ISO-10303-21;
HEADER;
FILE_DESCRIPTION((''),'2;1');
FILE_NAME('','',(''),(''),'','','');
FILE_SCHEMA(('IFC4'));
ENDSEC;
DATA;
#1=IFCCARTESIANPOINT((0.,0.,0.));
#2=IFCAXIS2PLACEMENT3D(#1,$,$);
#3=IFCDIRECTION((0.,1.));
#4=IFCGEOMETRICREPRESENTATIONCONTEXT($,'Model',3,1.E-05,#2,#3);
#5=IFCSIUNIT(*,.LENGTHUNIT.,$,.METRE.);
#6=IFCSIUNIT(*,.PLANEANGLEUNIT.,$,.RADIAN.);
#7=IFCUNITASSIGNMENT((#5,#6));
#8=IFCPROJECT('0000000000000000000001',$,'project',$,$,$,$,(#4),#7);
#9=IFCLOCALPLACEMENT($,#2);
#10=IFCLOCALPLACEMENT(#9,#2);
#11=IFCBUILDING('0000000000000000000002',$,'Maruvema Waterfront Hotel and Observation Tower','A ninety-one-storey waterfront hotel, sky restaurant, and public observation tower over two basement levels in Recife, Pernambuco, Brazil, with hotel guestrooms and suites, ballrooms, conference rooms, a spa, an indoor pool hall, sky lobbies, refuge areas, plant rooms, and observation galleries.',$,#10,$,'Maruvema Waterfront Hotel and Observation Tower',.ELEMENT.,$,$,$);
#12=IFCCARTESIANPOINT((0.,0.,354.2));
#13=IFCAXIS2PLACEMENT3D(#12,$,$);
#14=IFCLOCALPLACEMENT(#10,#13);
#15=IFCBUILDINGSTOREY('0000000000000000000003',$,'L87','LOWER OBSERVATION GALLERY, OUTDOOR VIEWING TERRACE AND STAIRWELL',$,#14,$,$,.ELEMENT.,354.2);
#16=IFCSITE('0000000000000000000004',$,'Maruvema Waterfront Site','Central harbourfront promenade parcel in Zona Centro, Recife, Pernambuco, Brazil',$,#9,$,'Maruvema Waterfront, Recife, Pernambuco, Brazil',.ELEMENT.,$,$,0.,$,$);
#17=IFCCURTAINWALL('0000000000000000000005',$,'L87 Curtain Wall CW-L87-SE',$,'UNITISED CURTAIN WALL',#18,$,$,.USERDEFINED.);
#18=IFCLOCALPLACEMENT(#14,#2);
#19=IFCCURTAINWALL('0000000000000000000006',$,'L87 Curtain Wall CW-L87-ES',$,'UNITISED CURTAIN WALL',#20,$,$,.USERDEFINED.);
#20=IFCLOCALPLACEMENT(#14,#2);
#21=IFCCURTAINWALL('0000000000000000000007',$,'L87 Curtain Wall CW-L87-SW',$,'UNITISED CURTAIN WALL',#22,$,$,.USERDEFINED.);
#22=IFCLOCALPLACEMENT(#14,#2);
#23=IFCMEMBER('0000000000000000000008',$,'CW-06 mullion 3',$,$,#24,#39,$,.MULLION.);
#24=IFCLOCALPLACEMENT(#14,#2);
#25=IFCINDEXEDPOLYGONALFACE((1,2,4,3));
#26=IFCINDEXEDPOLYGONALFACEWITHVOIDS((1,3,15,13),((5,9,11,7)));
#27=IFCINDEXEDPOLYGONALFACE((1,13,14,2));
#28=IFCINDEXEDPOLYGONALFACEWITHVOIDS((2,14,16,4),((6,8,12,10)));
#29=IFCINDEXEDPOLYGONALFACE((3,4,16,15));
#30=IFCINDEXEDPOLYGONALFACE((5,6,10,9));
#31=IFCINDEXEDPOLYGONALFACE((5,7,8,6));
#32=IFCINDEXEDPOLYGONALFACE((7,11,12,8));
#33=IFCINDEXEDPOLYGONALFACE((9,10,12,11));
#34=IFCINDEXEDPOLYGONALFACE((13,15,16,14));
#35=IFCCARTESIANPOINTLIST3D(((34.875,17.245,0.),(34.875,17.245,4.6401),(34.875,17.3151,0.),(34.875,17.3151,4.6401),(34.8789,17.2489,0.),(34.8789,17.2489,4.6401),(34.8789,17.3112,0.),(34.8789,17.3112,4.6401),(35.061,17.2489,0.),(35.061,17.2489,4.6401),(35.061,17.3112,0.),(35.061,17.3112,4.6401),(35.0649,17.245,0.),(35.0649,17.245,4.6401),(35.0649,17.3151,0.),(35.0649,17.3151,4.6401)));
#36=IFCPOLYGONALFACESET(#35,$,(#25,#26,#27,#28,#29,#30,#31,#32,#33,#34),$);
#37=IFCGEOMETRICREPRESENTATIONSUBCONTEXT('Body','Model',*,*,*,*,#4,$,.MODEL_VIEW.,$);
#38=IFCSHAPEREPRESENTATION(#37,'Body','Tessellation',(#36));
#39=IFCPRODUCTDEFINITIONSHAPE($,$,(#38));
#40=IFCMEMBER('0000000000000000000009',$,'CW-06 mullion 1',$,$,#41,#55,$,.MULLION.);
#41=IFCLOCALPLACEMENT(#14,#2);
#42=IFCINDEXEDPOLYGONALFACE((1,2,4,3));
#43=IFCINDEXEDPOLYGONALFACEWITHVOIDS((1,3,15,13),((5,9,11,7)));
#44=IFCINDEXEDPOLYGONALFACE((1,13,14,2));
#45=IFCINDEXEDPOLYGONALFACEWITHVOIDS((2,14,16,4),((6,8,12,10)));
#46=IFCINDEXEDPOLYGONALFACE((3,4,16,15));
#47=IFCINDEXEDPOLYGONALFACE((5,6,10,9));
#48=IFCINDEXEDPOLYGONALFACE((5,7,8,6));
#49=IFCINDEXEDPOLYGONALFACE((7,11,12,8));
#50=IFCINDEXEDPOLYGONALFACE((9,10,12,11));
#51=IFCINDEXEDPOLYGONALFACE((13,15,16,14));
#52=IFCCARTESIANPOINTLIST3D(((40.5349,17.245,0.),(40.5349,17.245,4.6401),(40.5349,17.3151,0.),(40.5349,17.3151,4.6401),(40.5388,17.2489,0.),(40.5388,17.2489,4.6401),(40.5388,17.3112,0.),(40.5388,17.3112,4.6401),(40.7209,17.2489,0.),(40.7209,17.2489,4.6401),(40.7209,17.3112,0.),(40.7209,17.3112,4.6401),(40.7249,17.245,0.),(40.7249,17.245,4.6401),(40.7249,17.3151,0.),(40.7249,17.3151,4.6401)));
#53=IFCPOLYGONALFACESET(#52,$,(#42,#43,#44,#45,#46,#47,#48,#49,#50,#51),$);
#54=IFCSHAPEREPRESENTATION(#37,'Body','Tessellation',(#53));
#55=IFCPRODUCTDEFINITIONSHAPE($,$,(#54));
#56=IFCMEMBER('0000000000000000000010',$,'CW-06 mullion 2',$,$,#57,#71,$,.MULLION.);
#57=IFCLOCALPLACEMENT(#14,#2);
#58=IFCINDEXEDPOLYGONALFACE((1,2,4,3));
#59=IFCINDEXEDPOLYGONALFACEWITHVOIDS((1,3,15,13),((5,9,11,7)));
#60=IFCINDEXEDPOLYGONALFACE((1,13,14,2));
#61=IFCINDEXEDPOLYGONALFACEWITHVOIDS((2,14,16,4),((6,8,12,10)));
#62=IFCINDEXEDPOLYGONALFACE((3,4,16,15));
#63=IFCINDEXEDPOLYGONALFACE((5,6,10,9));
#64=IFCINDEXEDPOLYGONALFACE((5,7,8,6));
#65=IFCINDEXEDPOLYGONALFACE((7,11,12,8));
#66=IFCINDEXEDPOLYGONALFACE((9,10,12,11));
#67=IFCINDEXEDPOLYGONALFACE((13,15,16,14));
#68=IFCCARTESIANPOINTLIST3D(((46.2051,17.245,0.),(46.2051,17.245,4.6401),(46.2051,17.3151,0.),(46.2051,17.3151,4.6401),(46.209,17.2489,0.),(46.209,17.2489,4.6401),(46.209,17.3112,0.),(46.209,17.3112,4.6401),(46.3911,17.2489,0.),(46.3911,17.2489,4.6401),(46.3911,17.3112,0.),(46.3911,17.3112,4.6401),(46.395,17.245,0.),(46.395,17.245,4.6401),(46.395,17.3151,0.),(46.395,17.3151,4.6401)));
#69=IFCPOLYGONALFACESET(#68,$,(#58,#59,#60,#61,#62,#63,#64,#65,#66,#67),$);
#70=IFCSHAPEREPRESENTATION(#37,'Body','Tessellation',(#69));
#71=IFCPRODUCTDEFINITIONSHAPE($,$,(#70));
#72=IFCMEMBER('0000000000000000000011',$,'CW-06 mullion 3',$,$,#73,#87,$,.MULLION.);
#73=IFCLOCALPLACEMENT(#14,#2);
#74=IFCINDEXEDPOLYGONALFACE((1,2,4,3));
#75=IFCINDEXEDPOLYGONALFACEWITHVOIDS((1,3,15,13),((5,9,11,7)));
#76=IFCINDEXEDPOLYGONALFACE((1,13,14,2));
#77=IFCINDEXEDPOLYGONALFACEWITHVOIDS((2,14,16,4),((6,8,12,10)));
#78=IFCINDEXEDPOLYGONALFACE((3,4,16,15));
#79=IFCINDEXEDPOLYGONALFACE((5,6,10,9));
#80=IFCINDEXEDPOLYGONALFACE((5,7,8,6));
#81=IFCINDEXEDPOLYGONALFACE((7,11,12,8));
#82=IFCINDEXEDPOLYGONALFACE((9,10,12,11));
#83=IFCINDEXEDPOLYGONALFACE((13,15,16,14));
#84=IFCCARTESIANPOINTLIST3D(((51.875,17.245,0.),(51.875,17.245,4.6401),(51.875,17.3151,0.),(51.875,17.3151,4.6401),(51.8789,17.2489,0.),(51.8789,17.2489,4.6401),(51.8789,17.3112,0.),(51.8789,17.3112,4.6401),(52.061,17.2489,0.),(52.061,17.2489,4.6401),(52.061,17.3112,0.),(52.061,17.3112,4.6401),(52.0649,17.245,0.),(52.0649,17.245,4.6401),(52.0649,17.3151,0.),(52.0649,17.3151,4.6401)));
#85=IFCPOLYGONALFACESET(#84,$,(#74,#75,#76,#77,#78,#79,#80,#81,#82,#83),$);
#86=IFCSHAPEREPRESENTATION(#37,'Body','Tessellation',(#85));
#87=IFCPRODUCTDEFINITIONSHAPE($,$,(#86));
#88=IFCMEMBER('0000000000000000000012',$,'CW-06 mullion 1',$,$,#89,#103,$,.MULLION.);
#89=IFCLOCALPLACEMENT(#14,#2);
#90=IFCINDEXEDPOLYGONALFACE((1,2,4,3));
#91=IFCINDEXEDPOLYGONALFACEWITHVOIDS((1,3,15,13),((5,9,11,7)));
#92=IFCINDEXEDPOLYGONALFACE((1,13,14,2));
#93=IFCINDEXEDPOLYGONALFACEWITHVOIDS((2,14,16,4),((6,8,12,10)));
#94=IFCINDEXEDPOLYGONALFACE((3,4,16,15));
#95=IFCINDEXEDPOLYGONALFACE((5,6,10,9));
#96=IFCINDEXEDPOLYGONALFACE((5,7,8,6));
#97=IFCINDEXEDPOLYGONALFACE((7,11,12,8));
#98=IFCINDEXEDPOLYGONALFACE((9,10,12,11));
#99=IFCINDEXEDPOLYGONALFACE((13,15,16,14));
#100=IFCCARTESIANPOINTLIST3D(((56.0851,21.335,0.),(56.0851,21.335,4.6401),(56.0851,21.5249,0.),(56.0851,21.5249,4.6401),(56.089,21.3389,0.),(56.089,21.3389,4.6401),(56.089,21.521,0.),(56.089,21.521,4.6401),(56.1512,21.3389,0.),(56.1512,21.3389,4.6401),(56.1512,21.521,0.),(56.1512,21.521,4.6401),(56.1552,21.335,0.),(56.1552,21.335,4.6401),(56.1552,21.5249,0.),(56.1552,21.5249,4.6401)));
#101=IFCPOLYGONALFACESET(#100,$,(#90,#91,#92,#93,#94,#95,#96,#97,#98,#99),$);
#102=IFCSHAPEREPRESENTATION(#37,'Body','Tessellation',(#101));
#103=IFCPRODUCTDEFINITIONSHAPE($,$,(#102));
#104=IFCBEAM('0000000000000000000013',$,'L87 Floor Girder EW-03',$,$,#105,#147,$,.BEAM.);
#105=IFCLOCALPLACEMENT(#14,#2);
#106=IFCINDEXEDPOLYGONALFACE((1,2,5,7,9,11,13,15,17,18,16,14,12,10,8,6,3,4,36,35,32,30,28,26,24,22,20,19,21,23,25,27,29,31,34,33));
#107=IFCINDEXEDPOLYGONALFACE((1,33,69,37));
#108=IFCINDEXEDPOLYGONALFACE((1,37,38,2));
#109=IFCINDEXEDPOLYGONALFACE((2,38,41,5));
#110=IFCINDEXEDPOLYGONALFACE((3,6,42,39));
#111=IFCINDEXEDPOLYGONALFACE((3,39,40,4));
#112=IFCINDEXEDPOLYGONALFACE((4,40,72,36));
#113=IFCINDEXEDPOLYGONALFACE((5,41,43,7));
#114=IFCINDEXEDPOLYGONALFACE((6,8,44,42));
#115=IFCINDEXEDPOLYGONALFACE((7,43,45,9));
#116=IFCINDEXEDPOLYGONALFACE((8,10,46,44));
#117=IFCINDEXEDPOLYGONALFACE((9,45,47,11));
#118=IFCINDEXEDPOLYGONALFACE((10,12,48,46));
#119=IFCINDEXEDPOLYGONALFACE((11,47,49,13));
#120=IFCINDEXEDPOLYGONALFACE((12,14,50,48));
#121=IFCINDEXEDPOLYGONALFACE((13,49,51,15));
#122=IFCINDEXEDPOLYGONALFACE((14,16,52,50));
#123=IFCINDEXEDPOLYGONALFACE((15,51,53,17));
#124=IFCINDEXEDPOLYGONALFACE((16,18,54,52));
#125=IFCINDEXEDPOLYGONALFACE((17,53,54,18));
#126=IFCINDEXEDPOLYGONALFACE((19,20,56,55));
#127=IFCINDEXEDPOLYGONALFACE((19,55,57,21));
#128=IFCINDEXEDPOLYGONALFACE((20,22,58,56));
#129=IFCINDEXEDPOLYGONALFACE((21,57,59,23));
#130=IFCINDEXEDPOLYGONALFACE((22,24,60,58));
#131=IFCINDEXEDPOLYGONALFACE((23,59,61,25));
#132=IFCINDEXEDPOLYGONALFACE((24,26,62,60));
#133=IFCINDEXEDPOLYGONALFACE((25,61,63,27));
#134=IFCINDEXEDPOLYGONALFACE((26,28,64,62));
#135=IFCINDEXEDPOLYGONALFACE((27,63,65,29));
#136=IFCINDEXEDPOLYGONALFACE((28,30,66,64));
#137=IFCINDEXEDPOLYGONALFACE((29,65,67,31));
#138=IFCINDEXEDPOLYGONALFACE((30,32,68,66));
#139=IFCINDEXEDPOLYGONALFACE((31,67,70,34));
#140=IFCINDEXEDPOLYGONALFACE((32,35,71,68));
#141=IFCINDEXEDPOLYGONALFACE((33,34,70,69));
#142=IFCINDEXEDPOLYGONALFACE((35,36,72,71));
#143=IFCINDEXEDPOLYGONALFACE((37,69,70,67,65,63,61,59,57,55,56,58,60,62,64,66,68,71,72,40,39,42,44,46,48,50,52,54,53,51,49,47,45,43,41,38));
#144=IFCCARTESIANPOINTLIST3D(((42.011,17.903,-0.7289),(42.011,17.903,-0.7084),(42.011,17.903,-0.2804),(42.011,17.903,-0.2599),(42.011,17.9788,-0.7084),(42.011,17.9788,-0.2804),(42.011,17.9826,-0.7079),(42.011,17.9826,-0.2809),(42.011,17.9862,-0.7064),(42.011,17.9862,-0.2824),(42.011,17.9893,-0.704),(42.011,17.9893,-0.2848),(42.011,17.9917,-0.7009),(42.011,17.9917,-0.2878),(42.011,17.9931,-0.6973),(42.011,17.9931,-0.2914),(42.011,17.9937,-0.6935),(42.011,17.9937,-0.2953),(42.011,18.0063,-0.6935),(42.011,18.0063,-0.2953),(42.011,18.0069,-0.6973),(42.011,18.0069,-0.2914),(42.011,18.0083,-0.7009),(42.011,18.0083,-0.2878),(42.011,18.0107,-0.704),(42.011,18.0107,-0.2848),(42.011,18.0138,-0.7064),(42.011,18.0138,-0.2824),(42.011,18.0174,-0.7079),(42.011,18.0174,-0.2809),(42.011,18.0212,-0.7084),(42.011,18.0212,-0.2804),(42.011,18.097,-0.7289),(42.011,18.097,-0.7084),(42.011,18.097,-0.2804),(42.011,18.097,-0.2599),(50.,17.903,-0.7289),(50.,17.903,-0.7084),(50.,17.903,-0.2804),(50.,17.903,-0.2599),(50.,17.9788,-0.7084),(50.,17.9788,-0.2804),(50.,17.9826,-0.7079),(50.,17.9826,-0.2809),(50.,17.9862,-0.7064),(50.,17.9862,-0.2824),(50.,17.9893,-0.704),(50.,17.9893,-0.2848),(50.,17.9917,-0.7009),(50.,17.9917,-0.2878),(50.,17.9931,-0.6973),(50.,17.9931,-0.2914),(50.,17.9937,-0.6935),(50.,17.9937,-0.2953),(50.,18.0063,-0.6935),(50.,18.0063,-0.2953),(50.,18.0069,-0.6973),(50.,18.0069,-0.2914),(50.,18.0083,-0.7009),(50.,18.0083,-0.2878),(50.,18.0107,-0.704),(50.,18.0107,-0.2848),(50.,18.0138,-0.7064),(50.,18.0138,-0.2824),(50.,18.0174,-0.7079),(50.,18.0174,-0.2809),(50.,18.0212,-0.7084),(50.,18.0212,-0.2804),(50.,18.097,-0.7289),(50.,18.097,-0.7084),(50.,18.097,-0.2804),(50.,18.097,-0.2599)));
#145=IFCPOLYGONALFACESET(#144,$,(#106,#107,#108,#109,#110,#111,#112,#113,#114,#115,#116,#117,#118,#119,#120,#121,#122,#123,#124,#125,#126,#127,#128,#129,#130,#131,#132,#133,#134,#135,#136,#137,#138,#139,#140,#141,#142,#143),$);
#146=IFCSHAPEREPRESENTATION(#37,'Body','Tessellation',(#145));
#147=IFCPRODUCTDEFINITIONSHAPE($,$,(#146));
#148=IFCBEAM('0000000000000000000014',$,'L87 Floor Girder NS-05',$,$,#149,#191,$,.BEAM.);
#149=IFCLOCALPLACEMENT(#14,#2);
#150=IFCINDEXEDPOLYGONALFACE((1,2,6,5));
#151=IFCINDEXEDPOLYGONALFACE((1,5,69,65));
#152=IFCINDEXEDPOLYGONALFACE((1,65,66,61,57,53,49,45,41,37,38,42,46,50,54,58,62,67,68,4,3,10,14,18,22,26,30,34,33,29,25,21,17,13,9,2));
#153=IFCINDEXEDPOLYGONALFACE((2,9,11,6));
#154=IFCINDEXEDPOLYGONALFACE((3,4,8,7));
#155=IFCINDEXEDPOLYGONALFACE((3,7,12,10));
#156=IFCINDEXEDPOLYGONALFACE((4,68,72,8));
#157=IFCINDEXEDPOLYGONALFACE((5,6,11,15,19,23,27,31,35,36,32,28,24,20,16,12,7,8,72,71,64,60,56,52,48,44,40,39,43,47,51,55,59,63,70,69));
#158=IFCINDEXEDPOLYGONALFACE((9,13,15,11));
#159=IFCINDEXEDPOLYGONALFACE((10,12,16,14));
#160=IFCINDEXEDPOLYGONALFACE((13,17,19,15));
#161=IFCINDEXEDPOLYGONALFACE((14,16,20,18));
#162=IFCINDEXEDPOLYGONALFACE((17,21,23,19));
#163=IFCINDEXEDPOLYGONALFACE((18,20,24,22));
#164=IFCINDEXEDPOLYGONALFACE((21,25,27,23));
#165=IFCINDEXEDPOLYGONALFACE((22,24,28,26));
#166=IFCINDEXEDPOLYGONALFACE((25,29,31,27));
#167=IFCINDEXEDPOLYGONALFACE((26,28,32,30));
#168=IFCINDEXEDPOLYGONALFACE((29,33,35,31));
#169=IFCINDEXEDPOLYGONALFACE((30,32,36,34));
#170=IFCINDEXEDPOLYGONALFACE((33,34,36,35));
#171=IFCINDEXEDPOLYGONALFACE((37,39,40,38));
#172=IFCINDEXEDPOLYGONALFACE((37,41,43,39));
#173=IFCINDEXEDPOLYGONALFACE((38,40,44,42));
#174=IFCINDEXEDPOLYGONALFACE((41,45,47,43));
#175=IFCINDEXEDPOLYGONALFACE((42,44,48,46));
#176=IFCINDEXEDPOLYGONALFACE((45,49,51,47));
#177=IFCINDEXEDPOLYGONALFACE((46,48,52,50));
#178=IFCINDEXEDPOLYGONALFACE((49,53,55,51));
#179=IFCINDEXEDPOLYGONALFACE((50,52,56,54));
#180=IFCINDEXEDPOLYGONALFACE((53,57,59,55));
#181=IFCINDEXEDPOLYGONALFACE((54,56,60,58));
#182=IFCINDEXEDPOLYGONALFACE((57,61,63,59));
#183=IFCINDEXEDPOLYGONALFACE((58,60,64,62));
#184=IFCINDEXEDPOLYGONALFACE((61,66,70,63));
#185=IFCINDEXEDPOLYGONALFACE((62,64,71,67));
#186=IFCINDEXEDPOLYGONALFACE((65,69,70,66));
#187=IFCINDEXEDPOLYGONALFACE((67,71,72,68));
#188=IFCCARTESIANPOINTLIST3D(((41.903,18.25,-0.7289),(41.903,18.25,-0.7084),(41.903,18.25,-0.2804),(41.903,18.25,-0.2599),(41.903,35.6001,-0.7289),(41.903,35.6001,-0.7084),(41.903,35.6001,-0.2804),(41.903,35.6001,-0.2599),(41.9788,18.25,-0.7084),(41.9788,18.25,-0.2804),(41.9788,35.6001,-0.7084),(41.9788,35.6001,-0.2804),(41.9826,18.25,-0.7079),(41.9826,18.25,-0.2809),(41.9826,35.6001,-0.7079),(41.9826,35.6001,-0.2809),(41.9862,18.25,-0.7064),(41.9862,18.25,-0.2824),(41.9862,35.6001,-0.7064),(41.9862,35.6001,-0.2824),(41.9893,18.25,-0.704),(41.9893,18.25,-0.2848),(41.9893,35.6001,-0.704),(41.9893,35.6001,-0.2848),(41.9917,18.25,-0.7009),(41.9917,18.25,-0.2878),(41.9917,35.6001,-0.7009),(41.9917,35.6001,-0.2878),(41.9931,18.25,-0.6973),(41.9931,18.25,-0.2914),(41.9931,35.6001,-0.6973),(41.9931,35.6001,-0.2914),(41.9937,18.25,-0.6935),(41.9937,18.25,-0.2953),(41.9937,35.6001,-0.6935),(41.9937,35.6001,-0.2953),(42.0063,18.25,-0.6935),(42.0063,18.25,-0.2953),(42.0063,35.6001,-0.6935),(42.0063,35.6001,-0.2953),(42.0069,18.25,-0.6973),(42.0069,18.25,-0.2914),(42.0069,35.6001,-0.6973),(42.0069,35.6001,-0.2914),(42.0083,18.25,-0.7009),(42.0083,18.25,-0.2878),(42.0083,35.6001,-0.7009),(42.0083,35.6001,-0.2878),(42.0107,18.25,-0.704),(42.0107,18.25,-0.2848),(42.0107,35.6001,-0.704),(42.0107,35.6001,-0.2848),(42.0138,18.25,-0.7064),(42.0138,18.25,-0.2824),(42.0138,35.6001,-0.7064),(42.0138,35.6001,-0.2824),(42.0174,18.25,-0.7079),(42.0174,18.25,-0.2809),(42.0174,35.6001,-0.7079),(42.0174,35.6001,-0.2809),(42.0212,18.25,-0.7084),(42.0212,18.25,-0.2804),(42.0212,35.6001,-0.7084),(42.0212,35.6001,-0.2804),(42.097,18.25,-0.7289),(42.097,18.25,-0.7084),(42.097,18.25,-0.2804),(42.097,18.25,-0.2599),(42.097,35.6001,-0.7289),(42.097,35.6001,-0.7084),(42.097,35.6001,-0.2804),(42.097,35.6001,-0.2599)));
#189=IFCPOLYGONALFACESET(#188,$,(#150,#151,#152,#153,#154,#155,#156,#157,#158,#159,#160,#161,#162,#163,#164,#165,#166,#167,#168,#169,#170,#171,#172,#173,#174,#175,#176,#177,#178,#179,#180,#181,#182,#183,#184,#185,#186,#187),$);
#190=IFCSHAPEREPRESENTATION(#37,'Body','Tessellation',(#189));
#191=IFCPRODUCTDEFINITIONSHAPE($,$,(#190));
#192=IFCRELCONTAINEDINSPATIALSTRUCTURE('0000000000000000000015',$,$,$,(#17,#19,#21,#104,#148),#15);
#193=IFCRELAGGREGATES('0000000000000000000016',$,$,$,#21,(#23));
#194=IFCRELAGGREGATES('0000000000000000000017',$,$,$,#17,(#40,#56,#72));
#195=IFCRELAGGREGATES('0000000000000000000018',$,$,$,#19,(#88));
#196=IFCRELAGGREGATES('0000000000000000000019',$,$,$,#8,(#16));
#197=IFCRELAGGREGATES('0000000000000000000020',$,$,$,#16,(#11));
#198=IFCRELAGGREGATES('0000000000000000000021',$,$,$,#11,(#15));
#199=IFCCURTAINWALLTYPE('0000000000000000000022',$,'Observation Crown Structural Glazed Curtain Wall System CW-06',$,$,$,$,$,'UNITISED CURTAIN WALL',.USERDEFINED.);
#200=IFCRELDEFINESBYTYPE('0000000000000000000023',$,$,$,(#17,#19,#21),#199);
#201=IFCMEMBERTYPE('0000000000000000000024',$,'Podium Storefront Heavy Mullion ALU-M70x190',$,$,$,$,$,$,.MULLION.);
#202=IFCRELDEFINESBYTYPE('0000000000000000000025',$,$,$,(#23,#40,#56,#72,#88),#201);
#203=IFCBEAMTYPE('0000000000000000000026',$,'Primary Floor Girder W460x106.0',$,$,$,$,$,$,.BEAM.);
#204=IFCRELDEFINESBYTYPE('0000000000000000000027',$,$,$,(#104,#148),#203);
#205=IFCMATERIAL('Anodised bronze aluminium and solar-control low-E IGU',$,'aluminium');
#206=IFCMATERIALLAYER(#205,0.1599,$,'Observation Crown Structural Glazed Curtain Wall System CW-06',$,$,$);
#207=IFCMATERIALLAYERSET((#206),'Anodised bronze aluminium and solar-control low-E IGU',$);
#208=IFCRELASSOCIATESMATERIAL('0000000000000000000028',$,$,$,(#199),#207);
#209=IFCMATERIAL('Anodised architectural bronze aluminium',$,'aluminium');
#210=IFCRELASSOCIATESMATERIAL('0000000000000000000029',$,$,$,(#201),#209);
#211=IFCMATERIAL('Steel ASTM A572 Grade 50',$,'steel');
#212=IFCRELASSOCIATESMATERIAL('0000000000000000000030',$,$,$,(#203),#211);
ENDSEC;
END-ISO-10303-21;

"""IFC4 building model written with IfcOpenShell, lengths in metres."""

from ifc_helpers import new_model, si_unit, direction, frame, origin, origin_2d, place, context, subcontext, project, spatial, hollow_rectangle, i_section, extrude, material, layer, layer_set, material_profile, profile_set, type_object, element, aggregate, save


model = new_model("IFC4")

# Units and contexts
model_context = context("Model", 3, precision=1e-05, world=origin(), true_north=direction((0.0, 1.0)))
body_context = subcontext(model_context, "Body", "Model", "MODEL_VIEW")
ifc_project = project(units=[si_unit("LENGTHUNIT", "METRE"), si_unit("PLANEANGLEUNIT", "RADIAN")], contexts=[model_context])

# Site, building, storey
site_placement = place(None, origin())
site = spatial("IfcSite", under=ifc_project, at=site_placement, Name="Maruvema Waterfront Site", Description="Central harbourfront promenade parcel in Zona Centro, Recife, Pernambuco, Brazil", LongName="Maruvema Waterfront, Recife, Pernambuco, Brazil", CompositionType="ELEMENT", RefElevation=0.0)
building_placement = place(site_placement, origin())
building = spatial("IfcBuilding", under=site, at=building_placement, Name="Maruvema Waterfront Hotel and Observation Tower", Description="A ninety-one-storey waterfront hotel, sky restaurant, and public observation tower over two basement levels in Recife, Pernambuco, Brazil, with hotel guestrooms and suites, ballrooms, conference rooms, a spa, an indoor pool hall, sky lobbies, refuge areas, plant rooms, and observation galleries.", LongName="Maruvema Waterfront Hotel and Observation Tower", CompositionType="ELEMENT")
storey_placement = place(building_placement, frame((0.0, 0.0, 354.2)))
storey = spatial("IfcBuildingStorey", under=building, at=storey_placement, Name="L87", Description="LOWER OBSERVATION GALLERY, OUTDOOR VIEWING TERRACE AND STAIRWELL", CompositionType="ELEMENT", Elevation=354.2)

# Curtain walls
ifc_material_1 = material(Name="Anodised bronze aluminium and solar-control low-E IGU", Category="aluminium")
ifc_layer_1 = layer(ifc_material_1, 0.1599, Name="Observation Crown Structural Glazed Curtain Wall System CW-06")
ifc_layer_set_1 = layer_set([ifc_layer_1], Name="Anodised bronze aluminium and solar-control low-E IGU")
curtain_wall_type = type_object("IfcCurtainWallType", Name="Observation Crown Structural Glazed Curtain Wall System CW-06", ElementType="UNITISED CURTAIN WALL", PredefinedType="USERDEFINED", material=ifc_layer_set_1)
curtain_wall_1_placement = place(storey_placement, origin())
curtain_wall_1 = element("IfcCurtainWall", 1, at=curtain_wall_1_placement, inside=storey, type_object=curtain_wall_type, Name="L87 Curtain Wall CW-L87-SE", ObjectType="UNITISED CURTAIN WALL", PredefinedType="USERDEFINED")
curtain_wall_2_placement = place(storey_placement, origin())
curtain_wall_2 = element("IfcCurtainWall", 2, at=curtain_wall_2_placement, inside=storey, type_object=curtain_wall_type, Name="L87 Curtain Wall CW-L87-ES", ObjectType="UNITISED CURTAIN WALL", PredefinedType="USERDEFINED")

# Curtain wall, member
curtain_wall_3_placement = place(storey_placement, origin())
curtain_wall_3 = element("IfcCurtainWall", 3, at=curtain_wall_3_placement, inside=storey, type_object=curtain_wall_type, Name="L87 Curtain Wall CW-L87-SW", ObjectType="UNITISED CURTAIN WALL", PredefinedType="USERDEFINED")
ifc_material_2 = material(Name="Anodised architectural bronze aluminium", Category="aluminium")
ifc_material_profile_1 = material_profile(ifc_material_2, hollow_rectangle(XDim=0.0701, YDim=0.1899, WallThickness=0.0039, at=origin_2d()), Name="ALU-M70x190")
ifc_profile_set_1 = profile_set([ifc_material_profile_1], Name="Anodised architectural bronze aluminium")
member_type_1 = type_object("IfcMemberType", Name="Podium Storefront Heavy Mullion ALU-M70x190", PredefinedType="MULLION", material=ifc_profile_set_1)
member_1_placement = place(storey_placement, frame((34.97, 17.28, 0.0), z_axis=(0.0, 0.0, 1.0), x_axis=(0.0, 1.0, 0.0)))
member_1 = element("IfcMember", 4, at=member_1_placement, type_object=member_type_1, Name="CW-06 mullion 3", PredefinedType="MULLION", context=body_context, shape_type="SweptSolid", body=[
    extrude(hollow_rectangle(XDim=0.0701, YDim=0.1899, WallThickness=0.0039, at=origin_2d()), origin(), (0.0, 0.0, 1.0), 4.6401),
])
aggregate(curtain_wall_3, [member_1])

# Members
member_2_placement = place(storey_placement, frame((40.6299, 17.28, 0.0), z_axis=(0.0, 0.0, 1.0), x_axis=(0.0, 1.0, 0.0)))
member_2 = element("IfcMember", 5, at=member_2_placement, type_object=member_type_1, Name="CW-06 mullion 1", PredefinedType="MULLION", context=body_context, shape_type="SweptSolid", body=[
    extrude(hollow_rectangle(XDim=0.0701, YDim=0.1899, WallThickness=0.0039, at=origin_2d()), origin(), (0.0, 0.0, 1.0), 4.6401),
])
member_3_placement = place(storey_placement, frame((46.3, 17.28, 0.0), z_axis=(0.0, 0.0, 1.0), x_axis=(0.0, 1.0, 0.0)))
member_3 = element("IfcMember", 6, at=member_3_placement, type_object=member_type_1, Name="CW-06 mullion 2", PredefinedType="MULLION", context=body_context, shape_type="SweptSolid", body=[
    extrude(hollow_rectangle(XDim=0.0701, YDim=0.1899, WallThickness=0.0039, at=origin_2d()), origin(), (0.0, 0.0, 1.0), 4.6401),
])
member_4_placement = place(storey_placement, frame((51.97, 17.28, 0.0), z_axis=(0.0, 0.0, 1.0), x_axis=(0.0, 1.0, 0.0)))
member_4 = element("IfcMember", 7, at=member_4_placement, type_object=member_type_1, Name="CW-06 mullion 3", PredefinedType="MULLION", context=body_context, shape_type="SweptSolid", body=[
    extrude(hollow_rectangle(XDim=0.0701, YDim=0.1899, WallThickness=0.0039, at=origin_2d()), origin(), (0.0, 0.0, 1.0), 4.6401),
])
member_5_placement = place(storey_placement, frame((56.1201, 21.4299, 0.0), z_axis=(0.0, 0.0, 1.0), x_axis=(-1.0, 0.0, 0.0)))
member_5 = element("IfcMember", 8, at=member_5_placement, type_object=member_type_1, Name="CW-06 mullion 1", PredefinedType="MULLION", context=body_context, shape_type="SweptSolid", body=[
    extrude(hollow_rectangle(XDim=0.0701, YDim=0.1899, WallThickness=0.0039, at=origin_2d()), origin(), (0.0, 0.0, 1.0), 4.6401),
])

# Beams
ifc_material_3 = material(Name="Steel ASTM A572 Grade 50", Category="steel")
ifc_material_profile_2 = material_profile(ifc_material_3, i_section(OverallWidth=0.1941, OverallDepth=0.469, WebThickness=0.0127, FlangeThickness=0.0205, FilletRadius=0.0149, at=origin_2d()), Name="W460x106.0")
ifc_profile_set_2 = profile_set([ifc_material_profile_2], Name="Steel ASTM A572 Grade 50")
beam_type_1 = type_object("IfcBeamType", Name="Primary Floor Girder W460x106.0", PredefinedType="BEAM", material=ifc_profile_set_2)
beam_1_placement = place(storey_placement, frame((42.011, 18.0, -0.4944), z_axis=(1.0, 0.0, 0.0), x_axis=(0.0, 1.0, 0.0)))
element("IfcBeam", 9, at=beam_1_placement, inside=storey, type_object=beam_type_1, Name="L87 Floor Girder EW-03", PredefinedType="BEAM", context=body_context, shape_type="SweptSolid", body=[
    extrude(i_section(OverallWidth=0.1941, OverallDepth=0.469, WebThickness=0.0127, FlangeThickness=0.0205, FilletRadius=0.0149, at=origin_2d()), origin(), (0.0, 0.0, 1.0), 7.989),
])
beam_2_placement = place(storey_placement, frame((42.0, 18.25, -0.4944), z_axis=(0.0, 1.0, 0.0), x_axis=(-1.0, 0.0, 0.0)))
element("IfcBeam", 10, at=beam_2_placement, inside=storey, type_object=beam_type_1, Name="L87 Floor Girder NS-05", PredefinedType="BEAM", context=body_context, shape_type="SweptSolid", body=[
    extrude(i_section(OverallWidth=0.1941, OverallDepth=0.469, WebThickness=0.0127, FlangeThickness=0.0205, FilletRadius=0.0149, at=origin_2d()), origin(), (0.0, 0.0, 1.0), 17.3501),
])

aggregate(curtain_wall_1, [member_2, member_3, member_4])
aggregate(curtain_wall_2, [member_5])

save(model, "model.ifc")
